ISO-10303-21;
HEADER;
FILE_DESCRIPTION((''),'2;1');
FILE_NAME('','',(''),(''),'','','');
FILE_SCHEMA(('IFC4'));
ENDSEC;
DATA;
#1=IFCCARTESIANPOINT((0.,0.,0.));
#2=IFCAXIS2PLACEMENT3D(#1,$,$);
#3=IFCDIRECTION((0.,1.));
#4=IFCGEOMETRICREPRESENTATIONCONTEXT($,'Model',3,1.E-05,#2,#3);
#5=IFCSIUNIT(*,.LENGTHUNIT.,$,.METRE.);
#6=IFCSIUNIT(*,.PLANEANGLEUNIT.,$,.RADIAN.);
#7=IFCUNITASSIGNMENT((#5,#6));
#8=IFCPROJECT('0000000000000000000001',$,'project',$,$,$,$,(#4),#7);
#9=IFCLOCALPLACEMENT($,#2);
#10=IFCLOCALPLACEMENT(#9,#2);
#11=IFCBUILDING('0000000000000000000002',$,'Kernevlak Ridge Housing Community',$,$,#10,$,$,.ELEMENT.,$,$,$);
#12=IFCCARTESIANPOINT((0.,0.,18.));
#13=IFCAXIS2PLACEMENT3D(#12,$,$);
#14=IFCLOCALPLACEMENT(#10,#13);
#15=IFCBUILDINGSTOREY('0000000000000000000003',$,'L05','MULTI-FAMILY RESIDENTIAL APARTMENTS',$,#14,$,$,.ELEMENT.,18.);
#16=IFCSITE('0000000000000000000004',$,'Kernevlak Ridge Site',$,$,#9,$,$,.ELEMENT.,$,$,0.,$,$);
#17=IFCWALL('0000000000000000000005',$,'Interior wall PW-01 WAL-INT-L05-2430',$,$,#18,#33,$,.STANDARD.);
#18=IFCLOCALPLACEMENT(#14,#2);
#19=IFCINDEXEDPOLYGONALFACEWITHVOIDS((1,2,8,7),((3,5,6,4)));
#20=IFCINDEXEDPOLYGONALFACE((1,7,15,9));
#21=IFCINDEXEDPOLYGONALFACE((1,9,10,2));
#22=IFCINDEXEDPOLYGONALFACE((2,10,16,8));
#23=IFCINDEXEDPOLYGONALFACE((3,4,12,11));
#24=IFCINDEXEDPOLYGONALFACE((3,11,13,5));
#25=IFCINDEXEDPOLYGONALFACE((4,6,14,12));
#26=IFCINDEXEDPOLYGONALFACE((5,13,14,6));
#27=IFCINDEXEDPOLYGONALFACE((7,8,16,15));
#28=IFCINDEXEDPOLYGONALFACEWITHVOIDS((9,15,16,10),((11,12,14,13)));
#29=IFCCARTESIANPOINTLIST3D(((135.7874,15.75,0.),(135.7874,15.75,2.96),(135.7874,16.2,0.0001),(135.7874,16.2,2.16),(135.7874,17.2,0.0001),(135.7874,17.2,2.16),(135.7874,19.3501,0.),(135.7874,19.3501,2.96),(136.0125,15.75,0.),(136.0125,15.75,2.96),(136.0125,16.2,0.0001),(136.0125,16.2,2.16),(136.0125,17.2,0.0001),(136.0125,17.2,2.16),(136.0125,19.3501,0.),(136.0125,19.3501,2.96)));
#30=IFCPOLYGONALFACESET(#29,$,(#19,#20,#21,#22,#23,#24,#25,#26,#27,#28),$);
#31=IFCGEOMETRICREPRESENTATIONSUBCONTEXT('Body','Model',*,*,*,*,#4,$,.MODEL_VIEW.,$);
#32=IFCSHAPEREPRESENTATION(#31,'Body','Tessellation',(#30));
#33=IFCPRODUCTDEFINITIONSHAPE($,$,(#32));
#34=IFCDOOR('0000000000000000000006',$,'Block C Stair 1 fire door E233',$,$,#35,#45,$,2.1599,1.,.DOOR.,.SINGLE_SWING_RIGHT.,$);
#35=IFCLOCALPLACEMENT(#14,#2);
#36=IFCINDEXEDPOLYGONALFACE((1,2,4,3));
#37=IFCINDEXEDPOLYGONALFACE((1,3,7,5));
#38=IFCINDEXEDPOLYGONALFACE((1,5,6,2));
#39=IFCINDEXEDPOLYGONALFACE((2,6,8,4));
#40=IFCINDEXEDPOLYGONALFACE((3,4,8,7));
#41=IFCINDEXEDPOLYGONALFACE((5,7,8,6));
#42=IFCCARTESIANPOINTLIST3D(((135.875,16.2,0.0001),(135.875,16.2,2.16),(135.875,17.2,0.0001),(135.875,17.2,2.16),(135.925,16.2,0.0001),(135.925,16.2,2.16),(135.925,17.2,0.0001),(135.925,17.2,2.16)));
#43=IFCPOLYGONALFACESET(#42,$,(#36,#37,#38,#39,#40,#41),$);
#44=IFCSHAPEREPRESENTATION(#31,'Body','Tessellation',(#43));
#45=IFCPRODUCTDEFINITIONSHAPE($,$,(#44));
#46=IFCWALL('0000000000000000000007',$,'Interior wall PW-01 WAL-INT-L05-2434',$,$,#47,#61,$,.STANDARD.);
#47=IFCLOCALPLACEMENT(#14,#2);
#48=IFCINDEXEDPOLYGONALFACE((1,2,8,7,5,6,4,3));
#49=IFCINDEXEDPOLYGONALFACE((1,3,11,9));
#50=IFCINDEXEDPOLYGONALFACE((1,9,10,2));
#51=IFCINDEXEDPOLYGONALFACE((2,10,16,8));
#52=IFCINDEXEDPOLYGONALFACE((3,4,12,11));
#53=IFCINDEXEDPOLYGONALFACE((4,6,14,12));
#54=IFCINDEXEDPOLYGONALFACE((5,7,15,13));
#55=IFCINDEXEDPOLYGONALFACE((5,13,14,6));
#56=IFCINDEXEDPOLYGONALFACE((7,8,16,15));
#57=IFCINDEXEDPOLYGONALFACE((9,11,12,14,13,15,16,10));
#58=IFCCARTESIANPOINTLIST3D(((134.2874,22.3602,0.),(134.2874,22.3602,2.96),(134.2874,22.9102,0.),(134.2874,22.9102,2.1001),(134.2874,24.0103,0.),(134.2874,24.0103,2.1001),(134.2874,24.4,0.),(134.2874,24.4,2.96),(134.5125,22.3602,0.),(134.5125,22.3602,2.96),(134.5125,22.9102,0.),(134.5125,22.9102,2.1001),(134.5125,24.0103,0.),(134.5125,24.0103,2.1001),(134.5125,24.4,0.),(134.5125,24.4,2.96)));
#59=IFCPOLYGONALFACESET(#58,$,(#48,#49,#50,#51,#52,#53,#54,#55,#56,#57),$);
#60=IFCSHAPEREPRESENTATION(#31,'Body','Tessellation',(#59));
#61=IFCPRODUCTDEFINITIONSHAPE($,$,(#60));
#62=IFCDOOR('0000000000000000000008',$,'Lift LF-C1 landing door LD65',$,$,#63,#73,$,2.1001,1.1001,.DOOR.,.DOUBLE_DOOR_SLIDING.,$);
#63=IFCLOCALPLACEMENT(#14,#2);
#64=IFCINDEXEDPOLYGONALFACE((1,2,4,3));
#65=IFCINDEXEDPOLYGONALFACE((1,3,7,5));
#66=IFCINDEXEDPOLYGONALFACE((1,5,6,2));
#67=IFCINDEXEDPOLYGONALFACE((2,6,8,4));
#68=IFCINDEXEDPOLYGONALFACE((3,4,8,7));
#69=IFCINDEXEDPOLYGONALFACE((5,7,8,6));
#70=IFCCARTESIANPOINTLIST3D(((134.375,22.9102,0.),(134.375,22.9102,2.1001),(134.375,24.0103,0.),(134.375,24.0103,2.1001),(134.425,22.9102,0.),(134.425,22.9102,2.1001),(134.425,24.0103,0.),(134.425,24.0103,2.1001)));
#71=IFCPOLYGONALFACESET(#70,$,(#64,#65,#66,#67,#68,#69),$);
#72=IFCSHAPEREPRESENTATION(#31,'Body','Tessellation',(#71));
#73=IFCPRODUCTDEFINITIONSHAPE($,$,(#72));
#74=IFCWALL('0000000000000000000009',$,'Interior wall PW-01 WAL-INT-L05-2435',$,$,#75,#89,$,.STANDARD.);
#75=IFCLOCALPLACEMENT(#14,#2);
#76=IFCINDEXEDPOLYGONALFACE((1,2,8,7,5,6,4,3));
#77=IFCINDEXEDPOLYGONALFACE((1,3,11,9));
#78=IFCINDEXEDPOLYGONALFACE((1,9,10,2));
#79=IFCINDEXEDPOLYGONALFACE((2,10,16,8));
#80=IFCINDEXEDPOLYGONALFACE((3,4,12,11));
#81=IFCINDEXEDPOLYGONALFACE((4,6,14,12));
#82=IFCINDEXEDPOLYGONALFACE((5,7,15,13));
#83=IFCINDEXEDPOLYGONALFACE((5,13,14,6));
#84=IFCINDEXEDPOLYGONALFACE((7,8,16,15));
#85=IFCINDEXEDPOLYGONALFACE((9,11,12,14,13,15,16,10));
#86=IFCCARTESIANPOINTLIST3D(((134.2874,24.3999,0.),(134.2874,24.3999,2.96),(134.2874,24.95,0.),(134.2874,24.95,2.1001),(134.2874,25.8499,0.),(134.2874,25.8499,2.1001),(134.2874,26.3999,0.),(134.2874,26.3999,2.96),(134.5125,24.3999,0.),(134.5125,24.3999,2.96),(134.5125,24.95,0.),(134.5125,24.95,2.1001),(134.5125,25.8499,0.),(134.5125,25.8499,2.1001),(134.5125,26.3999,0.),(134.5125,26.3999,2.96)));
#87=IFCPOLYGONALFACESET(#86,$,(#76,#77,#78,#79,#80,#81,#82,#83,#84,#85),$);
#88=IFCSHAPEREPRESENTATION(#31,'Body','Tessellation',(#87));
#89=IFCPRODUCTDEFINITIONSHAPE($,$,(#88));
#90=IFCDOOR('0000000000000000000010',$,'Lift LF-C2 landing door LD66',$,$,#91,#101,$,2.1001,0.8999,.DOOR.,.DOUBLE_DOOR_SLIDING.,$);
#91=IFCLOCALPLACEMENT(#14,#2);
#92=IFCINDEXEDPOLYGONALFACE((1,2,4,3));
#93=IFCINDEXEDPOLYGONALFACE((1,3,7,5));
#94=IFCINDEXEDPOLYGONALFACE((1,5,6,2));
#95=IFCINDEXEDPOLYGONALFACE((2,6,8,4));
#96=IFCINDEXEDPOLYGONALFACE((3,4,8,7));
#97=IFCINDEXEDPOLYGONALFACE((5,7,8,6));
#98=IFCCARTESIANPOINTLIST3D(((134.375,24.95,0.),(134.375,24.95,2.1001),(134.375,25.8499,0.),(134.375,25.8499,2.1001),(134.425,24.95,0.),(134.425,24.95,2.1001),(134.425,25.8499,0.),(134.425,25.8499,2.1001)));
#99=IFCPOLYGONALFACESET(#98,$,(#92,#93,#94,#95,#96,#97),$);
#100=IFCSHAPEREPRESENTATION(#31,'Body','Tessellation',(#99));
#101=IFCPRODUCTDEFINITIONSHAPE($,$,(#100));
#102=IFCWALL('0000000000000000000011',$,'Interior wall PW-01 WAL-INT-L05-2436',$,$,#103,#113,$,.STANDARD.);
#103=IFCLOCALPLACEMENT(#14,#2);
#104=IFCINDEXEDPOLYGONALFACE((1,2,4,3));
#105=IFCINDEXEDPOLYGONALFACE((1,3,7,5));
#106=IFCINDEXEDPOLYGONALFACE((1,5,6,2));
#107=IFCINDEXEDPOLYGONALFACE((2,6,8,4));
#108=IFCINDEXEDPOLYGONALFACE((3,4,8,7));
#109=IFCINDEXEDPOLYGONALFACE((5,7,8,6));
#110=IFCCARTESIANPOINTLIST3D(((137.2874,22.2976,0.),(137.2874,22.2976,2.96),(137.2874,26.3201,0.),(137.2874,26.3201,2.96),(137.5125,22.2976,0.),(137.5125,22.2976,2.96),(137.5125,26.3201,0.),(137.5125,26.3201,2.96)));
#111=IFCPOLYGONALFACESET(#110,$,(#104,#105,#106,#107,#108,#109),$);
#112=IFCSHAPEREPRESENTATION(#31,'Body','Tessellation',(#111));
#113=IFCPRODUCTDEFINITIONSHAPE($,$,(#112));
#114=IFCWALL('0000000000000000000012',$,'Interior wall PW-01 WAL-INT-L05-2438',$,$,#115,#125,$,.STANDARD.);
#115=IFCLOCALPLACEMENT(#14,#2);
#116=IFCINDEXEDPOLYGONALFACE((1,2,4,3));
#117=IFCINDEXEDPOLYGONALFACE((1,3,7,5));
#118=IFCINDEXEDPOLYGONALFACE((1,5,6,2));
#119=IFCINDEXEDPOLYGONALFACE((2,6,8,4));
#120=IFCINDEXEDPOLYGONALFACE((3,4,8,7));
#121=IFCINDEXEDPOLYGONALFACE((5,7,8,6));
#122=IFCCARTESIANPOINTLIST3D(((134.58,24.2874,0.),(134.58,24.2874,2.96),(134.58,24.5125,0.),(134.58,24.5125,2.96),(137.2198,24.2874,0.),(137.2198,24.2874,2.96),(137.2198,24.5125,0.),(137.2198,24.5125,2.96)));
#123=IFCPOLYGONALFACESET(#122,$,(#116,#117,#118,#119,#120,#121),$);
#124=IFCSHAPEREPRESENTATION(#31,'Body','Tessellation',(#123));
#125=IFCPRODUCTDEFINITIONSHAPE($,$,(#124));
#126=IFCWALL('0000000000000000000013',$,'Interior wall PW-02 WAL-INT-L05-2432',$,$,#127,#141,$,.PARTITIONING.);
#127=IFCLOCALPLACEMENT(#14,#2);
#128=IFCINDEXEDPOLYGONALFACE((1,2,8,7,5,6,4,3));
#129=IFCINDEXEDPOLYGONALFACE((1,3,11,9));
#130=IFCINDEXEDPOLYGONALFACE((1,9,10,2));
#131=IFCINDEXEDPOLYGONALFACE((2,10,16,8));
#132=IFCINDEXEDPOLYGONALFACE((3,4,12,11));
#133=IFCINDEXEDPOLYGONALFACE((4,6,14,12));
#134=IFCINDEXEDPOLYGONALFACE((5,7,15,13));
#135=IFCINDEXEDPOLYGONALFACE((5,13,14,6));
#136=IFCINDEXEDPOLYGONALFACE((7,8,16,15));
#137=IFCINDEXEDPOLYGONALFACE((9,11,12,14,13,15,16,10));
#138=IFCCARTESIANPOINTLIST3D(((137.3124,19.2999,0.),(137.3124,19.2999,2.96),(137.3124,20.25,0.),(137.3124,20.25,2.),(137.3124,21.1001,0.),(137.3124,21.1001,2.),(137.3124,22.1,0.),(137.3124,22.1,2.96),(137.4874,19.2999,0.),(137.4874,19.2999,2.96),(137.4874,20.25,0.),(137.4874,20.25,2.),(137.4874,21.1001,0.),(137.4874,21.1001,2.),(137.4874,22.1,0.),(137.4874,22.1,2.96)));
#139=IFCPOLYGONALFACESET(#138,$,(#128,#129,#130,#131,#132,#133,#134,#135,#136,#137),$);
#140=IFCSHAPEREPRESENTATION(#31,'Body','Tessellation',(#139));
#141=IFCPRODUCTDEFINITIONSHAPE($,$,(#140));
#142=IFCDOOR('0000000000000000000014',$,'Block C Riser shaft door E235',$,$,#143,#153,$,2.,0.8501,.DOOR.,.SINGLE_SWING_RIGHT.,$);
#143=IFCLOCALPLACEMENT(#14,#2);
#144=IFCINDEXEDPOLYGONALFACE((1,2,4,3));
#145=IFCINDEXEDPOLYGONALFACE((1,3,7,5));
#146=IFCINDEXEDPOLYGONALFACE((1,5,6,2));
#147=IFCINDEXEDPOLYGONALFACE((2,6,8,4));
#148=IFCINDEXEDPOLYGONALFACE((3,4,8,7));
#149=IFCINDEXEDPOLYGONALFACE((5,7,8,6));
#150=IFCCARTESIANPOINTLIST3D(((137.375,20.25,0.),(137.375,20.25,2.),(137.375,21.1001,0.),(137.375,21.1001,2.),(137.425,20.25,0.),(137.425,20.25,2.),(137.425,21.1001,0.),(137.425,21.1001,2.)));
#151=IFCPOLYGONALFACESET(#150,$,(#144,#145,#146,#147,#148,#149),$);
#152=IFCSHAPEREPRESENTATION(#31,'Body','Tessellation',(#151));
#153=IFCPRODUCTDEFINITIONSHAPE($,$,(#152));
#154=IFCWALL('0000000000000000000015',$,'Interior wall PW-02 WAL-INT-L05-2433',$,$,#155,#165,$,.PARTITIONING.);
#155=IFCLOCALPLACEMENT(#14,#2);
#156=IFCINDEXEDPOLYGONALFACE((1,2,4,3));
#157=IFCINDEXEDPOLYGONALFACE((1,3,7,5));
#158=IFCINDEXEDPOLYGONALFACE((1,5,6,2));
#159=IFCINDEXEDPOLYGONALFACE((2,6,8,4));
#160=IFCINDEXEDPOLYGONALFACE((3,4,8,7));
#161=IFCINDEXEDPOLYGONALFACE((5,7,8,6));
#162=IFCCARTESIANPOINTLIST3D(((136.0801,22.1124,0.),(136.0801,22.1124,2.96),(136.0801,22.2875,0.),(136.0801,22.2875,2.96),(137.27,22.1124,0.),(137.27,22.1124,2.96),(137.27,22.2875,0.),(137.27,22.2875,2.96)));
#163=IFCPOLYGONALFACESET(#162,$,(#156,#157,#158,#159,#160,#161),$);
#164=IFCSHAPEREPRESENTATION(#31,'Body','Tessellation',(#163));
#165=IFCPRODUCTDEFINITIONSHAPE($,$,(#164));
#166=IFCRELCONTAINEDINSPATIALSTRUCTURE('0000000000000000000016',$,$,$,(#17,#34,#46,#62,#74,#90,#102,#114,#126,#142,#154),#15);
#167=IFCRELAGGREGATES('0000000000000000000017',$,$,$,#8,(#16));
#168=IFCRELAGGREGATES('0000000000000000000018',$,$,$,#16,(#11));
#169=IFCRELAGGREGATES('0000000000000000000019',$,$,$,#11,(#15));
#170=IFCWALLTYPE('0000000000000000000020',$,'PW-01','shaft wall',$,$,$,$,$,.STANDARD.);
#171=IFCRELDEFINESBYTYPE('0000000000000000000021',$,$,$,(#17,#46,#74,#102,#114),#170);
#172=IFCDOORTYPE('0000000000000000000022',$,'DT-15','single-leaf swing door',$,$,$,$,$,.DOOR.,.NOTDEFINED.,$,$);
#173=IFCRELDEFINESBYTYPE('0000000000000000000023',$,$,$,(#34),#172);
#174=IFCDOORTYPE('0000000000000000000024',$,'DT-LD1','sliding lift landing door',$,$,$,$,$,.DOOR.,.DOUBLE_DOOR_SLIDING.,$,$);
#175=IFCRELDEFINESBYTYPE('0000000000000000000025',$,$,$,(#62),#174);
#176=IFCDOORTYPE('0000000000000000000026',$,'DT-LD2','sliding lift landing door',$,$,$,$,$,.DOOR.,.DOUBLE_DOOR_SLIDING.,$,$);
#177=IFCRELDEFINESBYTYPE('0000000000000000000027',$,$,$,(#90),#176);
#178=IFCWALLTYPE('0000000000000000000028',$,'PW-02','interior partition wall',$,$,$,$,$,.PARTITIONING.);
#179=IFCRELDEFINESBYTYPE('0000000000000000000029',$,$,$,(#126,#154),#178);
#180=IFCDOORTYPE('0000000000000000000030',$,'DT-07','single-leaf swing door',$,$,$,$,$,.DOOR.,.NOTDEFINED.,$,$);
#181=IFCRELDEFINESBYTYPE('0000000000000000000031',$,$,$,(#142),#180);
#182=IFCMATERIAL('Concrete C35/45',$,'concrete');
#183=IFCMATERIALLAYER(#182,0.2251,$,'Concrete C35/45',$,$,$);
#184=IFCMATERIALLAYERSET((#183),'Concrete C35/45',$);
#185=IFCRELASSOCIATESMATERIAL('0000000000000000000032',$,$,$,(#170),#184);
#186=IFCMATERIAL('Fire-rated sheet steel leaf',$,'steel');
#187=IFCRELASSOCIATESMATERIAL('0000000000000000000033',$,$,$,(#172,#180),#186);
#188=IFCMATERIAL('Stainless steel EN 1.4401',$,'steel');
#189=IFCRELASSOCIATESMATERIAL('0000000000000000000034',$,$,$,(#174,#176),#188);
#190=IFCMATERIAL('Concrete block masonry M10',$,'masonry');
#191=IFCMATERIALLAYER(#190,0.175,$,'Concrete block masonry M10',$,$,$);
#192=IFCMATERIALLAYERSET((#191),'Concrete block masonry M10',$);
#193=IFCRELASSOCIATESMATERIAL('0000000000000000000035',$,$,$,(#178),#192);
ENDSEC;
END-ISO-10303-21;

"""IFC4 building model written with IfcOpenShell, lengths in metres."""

from ifc_helpers import new_model, si_unit, direction, frame, frame_2d, origin, place, context, subcontext, project, spatial, rectangle, extrude, material, layer, layer_set, type_object, element, fill, save


model = new_model("IFC4")

# Units and contexts
model_context = context("Model", 3, precision=1e-05, world=origin(), true_north=direction((0.0, 1.0)))
body_context = subcontext(model_context, "Body", "Model", "MODEL_VIEW")
ifc_project = project(units=[si_unit("LENGTHUNIT", "METRE"), si_unit("PLANEANGLEUNIT", "RADIAN")], contexts=[model_context])

# Site, building, storey
site_placement = place(None, origin())
site = spatial("IfcSite", under=ifc_project, at=site_placement, Name="Kernevlak Ridge Site", CompositionType="ELEMENT", RefElevation=0.0)
building_placement = place(site_placement, origin())
building = spatial("IfcBuilding", under=site, at=building_placement, Name="Kernevlak Ridge Housing Community", CompositionType="ELEMENT")
storey_placement = place(building_placement, frame((0.0, 0.0, 18.0)))
storey = spatial("IfcBuildingStorey", under=building, at=storey_placement, Name="L05", Description="MULTI-FAMILY RESIDENTIAL APARTMENTS", CompositionType="ELEMENT", Elevation=18.0)

# Shared definitions
ifc_material_1 = material(Name="Concrete C35/45", Category="concrete")

# Walls, openings, doors
ifc_layer_1 = layer(ifc_material_1, 0.2251, Name="Concrete C35/45")
ifc_layer_set_1 = layer_set([ifc_layer_1], Name="Concrete C35/45")
wall_type_1 = type_object("IfcWallType", Name="PW-01", Description="shaft wall", PredefinedType="STANDARD", material=ifc_layer_set_1)
wall_1_placement = place(storey_placement, frame((135.8999, 15.75, 0.0), z_axis=(0.0, 0.0, 1.0), x_axis=(0.0, 1.0, 0.0)))
wall_1 = element("IfcWall", 1, at=wall_1_placement, inside=storey, type_object=wall_type_1, Name="Interior wall PW-01 WAL-INT-L05-2430", PredefinedType="STANDARD", context=body_context, shape_type="SweptSolid", body=[
    extrude(rectangle(XDim=3.6001, YDim=0.2251, at=frame_2d((1.8, 0.0))), origin(), (0.0, 0.0, 1.0), 2.96),
])
opening_1_placement = place(wall_1_placement, frame((0.45, 0.0, 0.0)))
opening_1 = element("IfcOpeningElement", 2, at=opening_1_placement, cuts=wall_1, PredefinedType="OPENING", context=body_context, shape_type="SweptSolid", body=[
    extrude(rectangle(XDim=1.0, YDim=2.1599, at=frame_2d((0.5, 1.0801))), frame((0.0, 0.1226, 0.0), z_axis=(0.0, -1.0, 0.0), x_axis=(1.0, 0.0, 0.0)), (0.0, 0.0, 1.0), 0.2451),
])
ifc_material_2 = material(Name="Fire-rated sheet steel leaf", Category="steel")
door_type_1 = type_object("IfcDoorType", Name="DT-15", Description="single-leaf swing door", OperationType="NOTDEFINED", PredefinedType="DOOR", material=ifc_material_2)
door_1_placement = place(opening_1_placement, origin())
door_1 = element("IfcDoor", 3, at=door_1_placement, inside=storey, type_object=door_type_1, Name="Block C Stair 1 fire door E233", OperationType="SINGLE_SWING_RIGHT", OverallHeight=2.1599, OverallWidth=1.0, PredefinedType="DOOR", context=body_context, shape_type="SweptSolid", body=[
    extrude(rectangle(XDim=1.0, YDim=2.1599, at=frame_2d((0.5, 1.0801))), frame((0.0, 0.0249, 0.0), z_axis=(0.0, -1.0, 0.0), x_axis=(1.0, 0.0, 0.0)), (0.0, 0.0, 1.0), 0.05),
])
fill(opening_1, door_1)
wall_2_placement = place(storey_placement, frame((134.3999, 22.3601, 0.0), z_axis=(0.0, 0.0, 1.0), x_axis=(0.0, 1.0, 0.0)))
wall_2 = element("IfcWall", 4, at=wall_2_placement, inside=storey, type_object=wall_type_1, Name="Interior wall PW-01 WAL-INT-L05-2434", PredefinedType="STANDARD", context=body_context, shape_type="SweptSolid", body=[
    extrude(rectangle(XDim=2.0398, YDim=0.2251, at=frame_2d((1.02, 0.0))), origin(), (0.0, 0.0, 1.0), 2.96),
])
opening_2_placement = place(wall_2_placement, frame((0.55, 0.0, 0.0)))
opening_2 = element("IfcOpeningElement", 5, at=opening_2_placement, cuts=wall_2, PredefinedType="OPENING", context=body_context, shape_type="SweptSolid", body=[
    extrude(rectangle(XDim=1.1001, YDim=2.1001, at=frame_2d((0.55, 1.05))), frame((0.0, 0.1226, 0.0), z_axis=(0.0, -1.0, 0.0), x_axis=(1.0, 0.0, 0.0)), (0.0, 0.0, 1.0), 0.2451),
])
ifc_material_3 = material(Name="Stainless steel EN 1.4401", Category="steel")
door_type_2 = type_object("IfcDoorType", Name="DT-LD1", Description="sliding lift landing door", OperationType="DOUBLE_DOOR_SLIDING", PredefinedType="DOOR", material=ifc_material_3)
door_2_placement = place(opening_2_placement, origin())
door_2 = element("IfcDoor", 6, at=door_2_placement, inside=storey, type_object=door_type_2, Name="Lift LF-C1 landing door LD65", OperationType="DOUBLE_DOOR_SLIDING", OverallHeight=2.1001, OverallWidth=1.1001, PredefinedType="DOOR", context=body_context, shape_type="SweptSolid", body=[
    extrude(rectangle(XDim=1.1001, YDim=2.1001, at=frame_2d((0.55, 1.05))), frame((0.0, 0.0249, 0.0), z_axis=(0.0, -1.0, 0.0), x_axis=(1.0, 0.0, 0.0)), (0.0, 0.0, 1.0), 0.05),
])
fill(opening_2, door_2)
wall_3_placement = place(storey_placement, frame((134.3999, 24.3999, 0.0), z_axis=(0.0, 0.0, 1.0), x_axis=(0.0, 1.0, 0.0)))
wall_3 = element("IfcWall", 7, at=wall_3_placement, inside=storey, type_object=wall_type_1, Name="Interior wall PW-01 WAL-INT-L05-2435", PredefinedType="STANDARD", context=body_context, shape_type="SweptSolid", body=[
    extrude(rectangle(XDim=2.0, YDim=0.2251, at=frame_2d((1.0, 0.0))), origin(), (0.0, 0.0, 1.0), 2.96),
])
opening_3_placement = place(wall_3_placement, frame((0.55, 0.0, 0.0)))
opening_3 = element("IfcOpeningElement", 8, at=opening_3_placement, cuts=wall_3, PredefinedType="OPENING", context=body_context, shape_type="SweptSolid", body=[
    extrude(rectangle(XDim=0.8999, YDim=2.1001, at=frame_2d((0.45, 1.05))), frame((0.0, 0.1226, 0.0), z_axis=(0.0, -1.0, 0.0), x_axis=(1.0, 0.0, 0.0)), (0.0, 0.0, 1.0), 0.2451),
])
door_type_3 = type_object("IfcDoorType", Name="DT-LD2", Description="sliding lift landing door", OperationType="DOUBLE_DOOR_SLIDING", PredefinedType="DOOR", material=ifc_material_3)
door_3_placement = place(opening_3_placement, origin())
door_3 = element("IfcDoor", 9, at=door_3_placement, inside=storey, type_object=door_type_3, Name="Lift LF-C2 landing door LD66", OperationType="DOUBLE_DOOR_SLIDING", OverallHeight=2.1001, OverallWidth=0.8999, PredefinedType="DOOR", context=body_context, shape_type="SweptSolid", body=[
    extrude(rectangle(XDim=0.8999, YDim=2.1001, at=frame_2d((0.45, 1.05))), frame((0.0, 0.0249, 0.0), z_axis=(0.0, -1.0, 0.0), x_axis=(1.0, 0.0, 0.0)), (0.0, 0.0, 1.0), 0.05),
])
fill(opening_3, door_3)

# Walls
wall_4_placement = place(storey_placement, frame((137.3999, 22.2976, 0.0), z_axis=(0.0, 0.0, 1.0), x_axis=(0.0, 1.0, 0.0)))
element("IfcWall", 10, at=wall_4_placement, inside=storey, type_object=wall_type_1, Name="Interior wall PW-01 WAL-INT-L05-2436", PredefinedType="STANDARD", context=body_context, shape_type="SweptSolid", body=[
    extrude(rectangle(XDim=4.0225, YDim=0.2251, at=frame_2d((2.0112, 0.0))), origin(), (0.0, 0.0, 1.0), 2.96),
])
wall_5_placement = place(storey_placement, frame((134.5801, 24.3999, 0.0), z_axis=(0.0, 0.0, 1.0), x_axis=(1.0, 0.0, 0.0)))
element("IfcWall", 11, at=wall_5_placement, inside=storey, type_object=wall_type_1, Name="Interior wall PW-01 WAL-INT-L05-2438", PredefinedType="STANDARD", context=body_context, shape_type="SweptSolid", body=[
    extrude(rectangle(XDim=2.6399, YDim=0.2251, at=frame_2d((1.3198, 0.0))), origin(), (0.0, 0.0, 1.0), 2.96),
])

# Wall, opening, door
ifc_material_4 = material(Name="Concrete block masonry M10", Category="masonry")
ifc_layer_2 = layer(ifc_material_4, 0.175, Name="Concrete block masonry M10")
ifc_layer_set_2 = layer_set([ifc_layer_2], Name="Concrete block masonry M10")
wall_type_2 = type_object("IfcWallType", Name="PW-02", Description="interior partition wall", PredefinedType="PARTITIONING", material=ifc_layer_set_2)
wall_6_placement = place(storey_placement, frame((137.3999, 19.3, 0.0), z_axis=(0.0, 0.0, 1.0), x_axis=(0.0, 1.0, 0.0)))
wall_6 = element("IfcWall", 12, at=wall_6_placement, inside=storey, type_object=wall_type_2, Name="Interior wall PW-02 WAL-INT-L05-2432", PredefinedType="PARTITIONING", context=body_context, shape_type="SweptSolid", body=[
    extrude(rectangle(XDim=2.8, YDim=0.175, at=frame_2d((1.3999, 0.0))), origin(), (0.0, 0.0, 1.0), 2.96),
])
opening_4_placement = place(wall_6_placement, frame((0.95, 0.0, 0.0)))
opening_4 = element("IfcOpeningElement", 13, at=opening_4_placement, cuts=wall_6, PredefinedType="OPENING", context=body_context, shape_type="SweptSolid", body=[
    extrude(rectangle(XDim=0.8501, YDim=2.0, at=frame_2d((0.425, 1.0))), frame((0.0, 0.0974, 0.0), z_axis=(0.0, -1.0, 0.0), x_axis=(1.0, 0.0, 0.0)), (0.0, 0.0, 1.0), 0.1951),
])
door_type_4 = type_object("IfcDoorType", Name="DT-07", Description="single-leaf swing door", OperationType="NOTDEFINED", PredefinedType="DOOR", material=ifc_material_2)
door_4_placement = place(opening_4_placement, origin())
door_4 = element("IfcDoor", 14, at=door_4_placement, inside=storey, type_object=door_type_4, Name="Block C Riser shaft door E235", OperationType="SINGLE_SWING_RIGHT", OverallHeight=2.0, OverallWidth=0.8501, PredefinedType="DOOR", context=body_context, shape_type="SweptSolid", body=[
    extrude(rectangle(XDim=0.8501, YDim=2.0, at=frame_2d((0.425, 1.0))), frame((0.0, 0.0249, 0.0), z_axis=(0.0, -1.0, 0.0), x_axis=(1.0, 0.0, 0.0)), (0.0, 0.0, 1.0), 0.05),
])
fill(opening_4, door_4)

# Wall
wall_7_placement = place(storey_placement, frame((136.0801, 22.2, 0.0), z_axis=(0.0, 0.0, 1.0), x_axis=(1.0, 0.0, 0.0)))
element("IfcWall", 15, at=wall_7_placement, inside=storey, type_object=wall_type_2, Name="Interior wall PW-02 WAL-INT-L05-2433", PredefinedType="PARTITIONING", context=body_context, shape_type="SweptSolid", body=[
    extrude(rectangle(XDim=1.1899, YDim=0.175, at=frame_2d((0.595, 0.0))), origin(), (0.0, 0.0, 1.0), 2.96),
])

save(model, "model.ifc")
